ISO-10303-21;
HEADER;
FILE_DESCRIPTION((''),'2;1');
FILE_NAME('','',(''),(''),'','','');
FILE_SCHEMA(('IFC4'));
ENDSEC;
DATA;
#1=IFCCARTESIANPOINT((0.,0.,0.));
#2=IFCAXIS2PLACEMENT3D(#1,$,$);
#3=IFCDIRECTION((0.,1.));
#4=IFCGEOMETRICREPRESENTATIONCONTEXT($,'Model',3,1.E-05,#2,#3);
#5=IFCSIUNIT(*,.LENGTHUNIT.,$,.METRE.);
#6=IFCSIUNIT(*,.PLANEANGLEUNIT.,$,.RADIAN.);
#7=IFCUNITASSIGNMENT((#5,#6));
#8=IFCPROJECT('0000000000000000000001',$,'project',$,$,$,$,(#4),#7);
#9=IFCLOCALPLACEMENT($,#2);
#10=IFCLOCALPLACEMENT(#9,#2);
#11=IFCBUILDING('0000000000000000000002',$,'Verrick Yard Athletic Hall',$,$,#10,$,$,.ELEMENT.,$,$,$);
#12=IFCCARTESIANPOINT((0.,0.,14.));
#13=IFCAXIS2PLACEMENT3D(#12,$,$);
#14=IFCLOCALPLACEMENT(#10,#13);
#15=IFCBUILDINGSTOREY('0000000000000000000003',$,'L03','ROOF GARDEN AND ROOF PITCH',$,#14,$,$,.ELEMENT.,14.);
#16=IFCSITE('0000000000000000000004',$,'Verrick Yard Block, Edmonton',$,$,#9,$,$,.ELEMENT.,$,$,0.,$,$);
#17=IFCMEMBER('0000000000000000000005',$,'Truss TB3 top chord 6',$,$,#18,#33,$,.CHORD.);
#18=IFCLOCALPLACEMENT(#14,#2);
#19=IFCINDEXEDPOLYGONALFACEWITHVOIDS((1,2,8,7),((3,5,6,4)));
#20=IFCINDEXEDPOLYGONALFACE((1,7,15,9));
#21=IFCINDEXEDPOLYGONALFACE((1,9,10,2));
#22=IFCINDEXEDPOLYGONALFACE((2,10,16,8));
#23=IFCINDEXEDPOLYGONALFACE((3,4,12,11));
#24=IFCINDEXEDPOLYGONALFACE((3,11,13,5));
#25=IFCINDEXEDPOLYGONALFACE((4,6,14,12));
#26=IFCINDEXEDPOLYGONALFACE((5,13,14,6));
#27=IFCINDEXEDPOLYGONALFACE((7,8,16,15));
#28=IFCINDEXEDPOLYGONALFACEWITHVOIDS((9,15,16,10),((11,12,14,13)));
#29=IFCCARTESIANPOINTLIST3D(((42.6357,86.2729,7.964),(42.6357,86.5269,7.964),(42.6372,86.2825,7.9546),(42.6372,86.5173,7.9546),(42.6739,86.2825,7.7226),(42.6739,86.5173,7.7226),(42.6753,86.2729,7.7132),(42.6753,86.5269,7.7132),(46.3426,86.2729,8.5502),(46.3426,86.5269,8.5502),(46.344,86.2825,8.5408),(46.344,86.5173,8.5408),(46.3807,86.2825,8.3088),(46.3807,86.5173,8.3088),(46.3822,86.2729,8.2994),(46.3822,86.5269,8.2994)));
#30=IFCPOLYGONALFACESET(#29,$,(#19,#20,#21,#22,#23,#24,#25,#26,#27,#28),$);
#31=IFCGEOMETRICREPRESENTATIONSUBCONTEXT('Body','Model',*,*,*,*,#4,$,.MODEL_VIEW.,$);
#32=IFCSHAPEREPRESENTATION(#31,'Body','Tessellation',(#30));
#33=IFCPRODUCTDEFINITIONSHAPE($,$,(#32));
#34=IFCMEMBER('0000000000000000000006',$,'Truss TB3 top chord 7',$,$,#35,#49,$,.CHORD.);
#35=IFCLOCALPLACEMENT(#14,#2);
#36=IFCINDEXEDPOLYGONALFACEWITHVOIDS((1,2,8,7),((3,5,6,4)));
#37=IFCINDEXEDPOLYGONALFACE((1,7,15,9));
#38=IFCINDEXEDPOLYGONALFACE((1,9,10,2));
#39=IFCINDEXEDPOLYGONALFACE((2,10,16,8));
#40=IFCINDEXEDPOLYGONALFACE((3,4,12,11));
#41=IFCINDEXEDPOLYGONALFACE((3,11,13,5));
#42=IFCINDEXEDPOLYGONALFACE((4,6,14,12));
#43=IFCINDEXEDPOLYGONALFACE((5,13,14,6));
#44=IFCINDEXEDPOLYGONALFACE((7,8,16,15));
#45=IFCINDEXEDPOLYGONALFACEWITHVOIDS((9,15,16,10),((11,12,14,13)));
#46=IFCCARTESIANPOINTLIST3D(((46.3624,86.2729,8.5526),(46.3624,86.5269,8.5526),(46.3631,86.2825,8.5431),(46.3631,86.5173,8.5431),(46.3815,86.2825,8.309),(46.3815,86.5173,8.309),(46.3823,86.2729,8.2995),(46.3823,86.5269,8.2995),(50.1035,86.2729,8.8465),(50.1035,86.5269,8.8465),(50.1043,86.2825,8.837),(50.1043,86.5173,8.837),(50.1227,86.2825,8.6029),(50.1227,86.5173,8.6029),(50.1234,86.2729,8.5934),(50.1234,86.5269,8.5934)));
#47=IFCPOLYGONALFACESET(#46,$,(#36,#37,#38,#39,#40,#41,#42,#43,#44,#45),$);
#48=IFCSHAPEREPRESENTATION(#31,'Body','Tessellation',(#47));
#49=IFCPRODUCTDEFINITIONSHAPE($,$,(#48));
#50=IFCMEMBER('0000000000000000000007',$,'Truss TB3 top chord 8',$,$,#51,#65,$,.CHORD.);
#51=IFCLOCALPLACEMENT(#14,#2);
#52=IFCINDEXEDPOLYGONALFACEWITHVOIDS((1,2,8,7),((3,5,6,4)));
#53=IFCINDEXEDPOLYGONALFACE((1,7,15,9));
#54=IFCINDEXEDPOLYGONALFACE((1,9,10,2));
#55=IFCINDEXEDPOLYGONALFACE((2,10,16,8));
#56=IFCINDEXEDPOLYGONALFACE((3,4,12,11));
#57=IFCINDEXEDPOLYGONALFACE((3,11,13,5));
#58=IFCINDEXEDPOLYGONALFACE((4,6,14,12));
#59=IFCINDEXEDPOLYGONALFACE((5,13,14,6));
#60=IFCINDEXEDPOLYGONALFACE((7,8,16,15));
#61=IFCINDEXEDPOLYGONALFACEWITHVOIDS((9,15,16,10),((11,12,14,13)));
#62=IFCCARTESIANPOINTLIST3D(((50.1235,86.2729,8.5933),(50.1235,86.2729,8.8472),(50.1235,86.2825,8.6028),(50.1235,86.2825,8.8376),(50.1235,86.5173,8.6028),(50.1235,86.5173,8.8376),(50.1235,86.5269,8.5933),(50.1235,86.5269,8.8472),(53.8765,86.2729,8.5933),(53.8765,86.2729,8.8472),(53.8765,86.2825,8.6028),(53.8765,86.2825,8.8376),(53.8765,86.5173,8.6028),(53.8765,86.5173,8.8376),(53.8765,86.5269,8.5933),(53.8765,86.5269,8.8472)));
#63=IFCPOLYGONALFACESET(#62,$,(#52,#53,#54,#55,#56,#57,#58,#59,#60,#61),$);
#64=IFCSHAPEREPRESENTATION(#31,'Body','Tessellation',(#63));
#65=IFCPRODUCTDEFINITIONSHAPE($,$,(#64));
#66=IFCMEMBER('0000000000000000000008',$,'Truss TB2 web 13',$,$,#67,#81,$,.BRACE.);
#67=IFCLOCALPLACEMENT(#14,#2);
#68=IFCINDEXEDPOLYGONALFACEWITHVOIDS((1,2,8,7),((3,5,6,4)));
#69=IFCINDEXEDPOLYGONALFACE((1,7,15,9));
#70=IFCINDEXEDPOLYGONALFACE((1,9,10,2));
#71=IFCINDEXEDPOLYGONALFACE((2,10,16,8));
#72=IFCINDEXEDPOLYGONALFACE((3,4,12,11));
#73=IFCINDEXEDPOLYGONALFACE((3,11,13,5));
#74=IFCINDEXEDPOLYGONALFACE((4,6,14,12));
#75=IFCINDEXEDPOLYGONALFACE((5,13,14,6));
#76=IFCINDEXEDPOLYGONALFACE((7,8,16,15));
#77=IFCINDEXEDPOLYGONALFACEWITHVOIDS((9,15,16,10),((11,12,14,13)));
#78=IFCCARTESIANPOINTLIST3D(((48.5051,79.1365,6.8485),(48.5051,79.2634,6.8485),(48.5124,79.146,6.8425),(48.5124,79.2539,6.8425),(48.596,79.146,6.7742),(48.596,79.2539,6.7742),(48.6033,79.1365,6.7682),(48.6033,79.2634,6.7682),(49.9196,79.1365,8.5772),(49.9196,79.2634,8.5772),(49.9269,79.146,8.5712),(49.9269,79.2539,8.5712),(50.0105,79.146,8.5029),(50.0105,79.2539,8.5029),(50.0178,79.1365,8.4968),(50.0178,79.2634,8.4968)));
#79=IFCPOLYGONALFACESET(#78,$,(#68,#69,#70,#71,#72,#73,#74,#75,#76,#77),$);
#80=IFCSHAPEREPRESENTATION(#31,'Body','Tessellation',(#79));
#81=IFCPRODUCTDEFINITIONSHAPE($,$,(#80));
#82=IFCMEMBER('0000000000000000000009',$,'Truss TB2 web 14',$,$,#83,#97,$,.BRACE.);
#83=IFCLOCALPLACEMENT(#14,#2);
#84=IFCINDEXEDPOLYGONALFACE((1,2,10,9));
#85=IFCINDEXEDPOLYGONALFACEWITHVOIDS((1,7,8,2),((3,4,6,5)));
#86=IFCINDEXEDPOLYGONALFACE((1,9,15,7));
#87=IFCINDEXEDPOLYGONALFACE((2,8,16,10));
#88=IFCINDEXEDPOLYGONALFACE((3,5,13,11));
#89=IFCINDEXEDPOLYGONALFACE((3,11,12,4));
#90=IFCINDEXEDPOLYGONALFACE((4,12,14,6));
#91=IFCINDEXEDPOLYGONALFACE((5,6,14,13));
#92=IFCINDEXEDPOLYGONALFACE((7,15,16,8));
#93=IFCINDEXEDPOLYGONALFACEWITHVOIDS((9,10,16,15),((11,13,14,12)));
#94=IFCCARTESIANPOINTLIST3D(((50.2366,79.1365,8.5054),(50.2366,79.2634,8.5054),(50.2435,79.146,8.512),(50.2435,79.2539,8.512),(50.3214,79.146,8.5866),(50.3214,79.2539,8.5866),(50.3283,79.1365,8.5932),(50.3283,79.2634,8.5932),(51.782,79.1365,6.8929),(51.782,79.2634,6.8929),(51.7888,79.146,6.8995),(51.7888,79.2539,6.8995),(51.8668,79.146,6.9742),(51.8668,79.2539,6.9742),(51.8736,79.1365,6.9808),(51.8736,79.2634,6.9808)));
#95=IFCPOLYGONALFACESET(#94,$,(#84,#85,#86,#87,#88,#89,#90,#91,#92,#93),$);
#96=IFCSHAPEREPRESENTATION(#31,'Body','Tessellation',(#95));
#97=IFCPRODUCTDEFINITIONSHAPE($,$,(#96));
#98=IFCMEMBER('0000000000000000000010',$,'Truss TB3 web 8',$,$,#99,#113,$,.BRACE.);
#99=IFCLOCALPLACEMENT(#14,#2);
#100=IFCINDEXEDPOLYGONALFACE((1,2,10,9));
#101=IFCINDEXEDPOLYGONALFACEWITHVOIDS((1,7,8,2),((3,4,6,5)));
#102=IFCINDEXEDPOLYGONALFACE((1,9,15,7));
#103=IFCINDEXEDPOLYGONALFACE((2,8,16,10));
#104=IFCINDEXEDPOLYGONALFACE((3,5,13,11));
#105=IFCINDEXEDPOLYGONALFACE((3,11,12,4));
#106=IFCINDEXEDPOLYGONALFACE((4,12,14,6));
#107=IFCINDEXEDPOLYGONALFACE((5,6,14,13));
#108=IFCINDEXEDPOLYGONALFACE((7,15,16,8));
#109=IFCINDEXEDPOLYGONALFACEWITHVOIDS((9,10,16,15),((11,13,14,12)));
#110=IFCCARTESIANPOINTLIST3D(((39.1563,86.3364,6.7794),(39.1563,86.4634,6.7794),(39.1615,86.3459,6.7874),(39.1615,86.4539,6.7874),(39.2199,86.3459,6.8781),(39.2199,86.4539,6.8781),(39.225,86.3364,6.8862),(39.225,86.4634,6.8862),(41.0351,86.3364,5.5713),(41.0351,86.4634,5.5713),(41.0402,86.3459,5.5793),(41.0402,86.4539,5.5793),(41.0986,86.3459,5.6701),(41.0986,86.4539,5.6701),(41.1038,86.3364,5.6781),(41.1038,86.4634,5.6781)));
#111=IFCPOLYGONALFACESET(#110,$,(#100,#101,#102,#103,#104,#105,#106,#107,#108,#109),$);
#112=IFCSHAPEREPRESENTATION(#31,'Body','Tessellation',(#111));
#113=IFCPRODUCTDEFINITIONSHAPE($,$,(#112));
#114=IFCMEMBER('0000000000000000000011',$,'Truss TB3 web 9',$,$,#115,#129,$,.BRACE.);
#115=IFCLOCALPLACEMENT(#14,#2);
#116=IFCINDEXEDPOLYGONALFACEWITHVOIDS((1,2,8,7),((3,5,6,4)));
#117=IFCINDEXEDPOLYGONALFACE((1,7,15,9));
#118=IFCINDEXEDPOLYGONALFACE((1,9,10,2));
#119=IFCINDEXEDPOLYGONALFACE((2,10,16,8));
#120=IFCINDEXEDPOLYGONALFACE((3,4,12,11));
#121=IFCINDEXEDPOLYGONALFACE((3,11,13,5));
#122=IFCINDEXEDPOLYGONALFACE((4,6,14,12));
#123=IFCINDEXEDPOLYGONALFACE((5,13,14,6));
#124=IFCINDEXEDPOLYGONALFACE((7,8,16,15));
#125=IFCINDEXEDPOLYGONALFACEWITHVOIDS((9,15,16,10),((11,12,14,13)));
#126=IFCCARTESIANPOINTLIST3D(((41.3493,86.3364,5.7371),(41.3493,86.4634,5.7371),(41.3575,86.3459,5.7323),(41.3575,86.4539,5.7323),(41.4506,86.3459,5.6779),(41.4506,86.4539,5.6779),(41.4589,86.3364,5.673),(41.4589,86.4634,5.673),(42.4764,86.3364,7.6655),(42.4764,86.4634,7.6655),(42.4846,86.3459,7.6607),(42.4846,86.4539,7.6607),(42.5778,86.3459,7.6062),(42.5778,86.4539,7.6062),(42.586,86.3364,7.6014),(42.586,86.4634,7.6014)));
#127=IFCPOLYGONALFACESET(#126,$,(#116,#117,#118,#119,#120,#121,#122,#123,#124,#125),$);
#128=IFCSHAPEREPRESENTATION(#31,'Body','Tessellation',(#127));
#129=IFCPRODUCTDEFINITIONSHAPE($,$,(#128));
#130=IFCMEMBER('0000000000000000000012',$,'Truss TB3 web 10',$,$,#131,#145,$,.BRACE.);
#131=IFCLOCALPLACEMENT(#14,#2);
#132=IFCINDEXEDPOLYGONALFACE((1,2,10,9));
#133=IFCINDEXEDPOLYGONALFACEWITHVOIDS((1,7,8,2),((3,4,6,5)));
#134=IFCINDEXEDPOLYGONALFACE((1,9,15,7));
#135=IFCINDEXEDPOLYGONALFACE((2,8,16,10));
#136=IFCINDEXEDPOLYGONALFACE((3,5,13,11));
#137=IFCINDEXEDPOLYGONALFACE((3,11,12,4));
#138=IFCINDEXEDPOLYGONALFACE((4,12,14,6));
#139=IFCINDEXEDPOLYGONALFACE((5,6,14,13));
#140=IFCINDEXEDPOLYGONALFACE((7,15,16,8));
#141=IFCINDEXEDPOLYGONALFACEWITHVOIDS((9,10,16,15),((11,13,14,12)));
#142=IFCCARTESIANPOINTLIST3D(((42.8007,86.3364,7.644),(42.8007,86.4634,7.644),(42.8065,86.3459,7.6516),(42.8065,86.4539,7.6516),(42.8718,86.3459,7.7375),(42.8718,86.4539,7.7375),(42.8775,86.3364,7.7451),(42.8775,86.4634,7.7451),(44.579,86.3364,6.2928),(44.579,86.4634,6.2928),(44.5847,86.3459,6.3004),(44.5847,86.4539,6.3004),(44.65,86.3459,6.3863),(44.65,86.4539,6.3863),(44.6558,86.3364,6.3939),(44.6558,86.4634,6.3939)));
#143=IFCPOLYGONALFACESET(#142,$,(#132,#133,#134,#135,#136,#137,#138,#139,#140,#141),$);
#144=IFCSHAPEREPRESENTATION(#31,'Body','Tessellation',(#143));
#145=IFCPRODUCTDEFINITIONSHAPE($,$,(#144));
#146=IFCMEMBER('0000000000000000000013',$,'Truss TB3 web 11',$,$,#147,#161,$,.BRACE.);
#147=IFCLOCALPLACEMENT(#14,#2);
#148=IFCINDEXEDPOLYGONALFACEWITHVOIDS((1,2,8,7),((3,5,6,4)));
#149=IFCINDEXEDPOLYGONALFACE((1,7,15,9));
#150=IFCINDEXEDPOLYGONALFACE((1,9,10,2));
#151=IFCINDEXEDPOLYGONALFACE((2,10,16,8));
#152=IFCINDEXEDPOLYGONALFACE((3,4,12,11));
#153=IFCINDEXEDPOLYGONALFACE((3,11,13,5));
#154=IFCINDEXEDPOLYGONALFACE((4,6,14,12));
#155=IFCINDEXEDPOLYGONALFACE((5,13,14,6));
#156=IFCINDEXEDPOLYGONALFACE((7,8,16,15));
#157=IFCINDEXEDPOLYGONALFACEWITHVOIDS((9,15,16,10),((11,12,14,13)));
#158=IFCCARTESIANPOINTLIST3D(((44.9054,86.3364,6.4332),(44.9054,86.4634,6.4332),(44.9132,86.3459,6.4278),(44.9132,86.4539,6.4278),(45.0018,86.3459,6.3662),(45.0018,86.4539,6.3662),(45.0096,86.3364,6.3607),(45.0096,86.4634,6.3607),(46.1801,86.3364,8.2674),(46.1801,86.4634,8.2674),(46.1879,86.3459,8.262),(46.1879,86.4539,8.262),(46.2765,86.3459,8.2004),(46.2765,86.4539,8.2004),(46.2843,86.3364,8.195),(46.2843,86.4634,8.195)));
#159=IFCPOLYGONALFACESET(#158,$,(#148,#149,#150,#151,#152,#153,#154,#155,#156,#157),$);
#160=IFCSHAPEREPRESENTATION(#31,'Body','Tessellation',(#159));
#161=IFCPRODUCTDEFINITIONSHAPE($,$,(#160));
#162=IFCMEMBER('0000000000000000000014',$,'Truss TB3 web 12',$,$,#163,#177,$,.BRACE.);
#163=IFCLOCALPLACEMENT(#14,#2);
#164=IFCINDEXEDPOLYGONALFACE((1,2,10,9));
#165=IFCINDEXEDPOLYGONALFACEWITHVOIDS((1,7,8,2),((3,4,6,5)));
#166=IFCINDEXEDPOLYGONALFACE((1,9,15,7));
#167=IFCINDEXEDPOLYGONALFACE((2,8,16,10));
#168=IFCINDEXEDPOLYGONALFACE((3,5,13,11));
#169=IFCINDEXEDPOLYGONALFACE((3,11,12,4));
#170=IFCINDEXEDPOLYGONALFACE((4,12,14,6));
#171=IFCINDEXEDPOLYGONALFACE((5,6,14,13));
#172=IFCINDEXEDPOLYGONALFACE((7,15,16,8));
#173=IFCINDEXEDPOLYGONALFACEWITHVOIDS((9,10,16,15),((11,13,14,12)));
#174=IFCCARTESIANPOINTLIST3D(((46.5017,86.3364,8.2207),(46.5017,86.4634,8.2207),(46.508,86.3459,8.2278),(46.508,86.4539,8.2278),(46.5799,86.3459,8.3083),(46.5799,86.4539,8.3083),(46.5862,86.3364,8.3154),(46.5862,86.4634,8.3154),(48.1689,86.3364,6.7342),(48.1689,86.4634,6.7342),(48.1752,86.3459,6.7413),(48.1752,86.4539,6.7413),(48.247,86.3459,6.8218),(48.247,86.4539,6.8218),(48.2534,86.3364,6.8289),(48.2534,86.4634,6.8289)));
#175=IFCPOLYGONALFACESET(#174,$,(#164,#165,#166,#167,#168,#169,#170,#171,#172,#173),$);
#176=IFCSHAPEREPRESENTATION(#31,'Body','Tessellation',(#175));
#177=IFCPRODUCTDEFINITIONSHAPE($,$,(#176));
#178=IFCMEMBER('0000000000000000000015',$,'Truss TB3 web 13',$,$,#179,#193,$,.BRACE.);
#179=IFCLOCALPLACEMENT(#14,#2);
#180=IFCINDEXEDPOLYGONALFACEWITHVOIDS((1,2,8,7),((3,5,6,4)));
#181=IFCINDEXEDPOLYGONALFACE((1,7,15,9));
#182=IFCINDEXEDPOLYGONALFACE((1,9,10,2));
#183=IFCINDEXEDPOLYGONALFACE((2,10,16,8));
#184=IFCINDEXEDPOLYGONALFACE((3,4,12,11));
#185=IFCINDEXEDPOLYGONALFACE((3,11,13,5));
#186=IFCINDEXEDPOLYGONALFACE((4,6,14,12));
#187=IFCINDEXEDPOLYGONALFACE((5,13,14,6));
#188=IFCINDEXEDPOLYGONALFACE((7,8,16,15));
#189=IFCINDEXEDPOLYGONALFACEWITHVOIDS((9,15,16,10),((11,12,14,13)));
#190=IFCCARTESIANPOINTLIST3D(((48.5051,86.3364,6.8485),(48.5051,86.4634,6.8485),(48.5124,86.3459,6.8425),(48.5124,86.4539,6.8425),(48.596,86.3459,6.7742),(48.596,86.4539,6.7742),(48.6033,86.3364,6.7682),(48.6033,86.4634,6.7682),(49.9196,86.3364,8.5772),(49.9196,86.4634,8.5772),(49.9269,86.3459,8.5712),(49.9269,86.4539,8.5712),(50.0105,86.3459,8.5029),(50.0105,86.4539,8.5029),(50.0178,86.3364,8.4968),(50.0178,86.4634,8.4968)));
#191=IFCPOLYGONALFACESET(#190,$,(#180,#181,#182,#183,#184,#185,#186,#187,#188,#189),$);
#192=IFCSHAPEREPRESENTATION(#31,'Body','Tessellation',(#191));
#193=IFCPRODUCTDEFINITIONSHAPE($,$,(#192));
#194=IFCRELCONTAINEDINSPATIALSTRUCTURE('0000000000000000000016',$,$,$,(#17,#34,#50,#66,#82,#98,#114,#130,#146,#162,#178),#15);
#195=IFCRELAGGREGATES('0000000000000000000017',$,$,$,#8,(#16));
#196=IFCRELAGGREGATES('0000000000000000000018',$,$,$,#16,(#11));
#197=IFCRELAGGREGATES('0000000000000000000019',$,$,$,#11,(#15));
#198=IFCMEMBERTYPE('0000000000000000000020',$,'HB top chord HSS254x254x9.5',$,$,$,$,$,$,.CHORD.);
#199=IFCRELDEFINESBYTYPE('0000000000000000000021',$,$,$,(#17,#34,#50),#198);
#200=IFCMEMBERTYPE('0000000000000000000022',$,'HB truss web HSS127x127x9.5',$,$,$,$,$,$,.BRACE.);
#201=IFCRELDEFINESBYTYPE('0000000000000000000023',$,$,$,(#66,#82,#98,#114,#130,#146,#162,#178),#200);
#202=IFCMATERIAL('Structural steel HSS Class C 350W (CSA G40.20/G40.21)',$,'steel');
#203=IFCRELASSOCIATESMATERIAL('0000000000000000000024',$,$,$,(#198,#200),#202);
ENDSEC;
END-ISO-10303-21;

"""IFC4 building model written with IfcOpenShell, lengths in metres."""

from ifc_helpers import new_model, si_unit, direction, frame, origin, origin_2d, place, context, subcontext, project, spatial, hollow_rectangle, extrude, material, material_profile, profile_set, type_object, element, save


model = new_model("IFC4")

# Units and contexts
model_context = context("Model", 3, precision=1e-05, world=origin(), true_north=direction((0.0, 1.0)))
body_context = subcontext(model_context, "Body", "Model", "MODEL_VIEW")
ifc_project = project(units=[si_unit("LENGTHUNIT", "METRE"), si_unit("PLANEANGLEUNIT", "RADIAN")], contexts=[model_context])

# Site, building, storey
site_placement = place(None, origin())
site = spatial("IfcSite", under=ifc_project, at=site_placement, Name="Verrick Yard Block, Edmonton", CompositionType="ELEMENT", RefElevation=0.0)
building_placement = place(site_placement, origin())
building = spatial("IfcBuilding", under=site, at=building_placement, Name="Verrick Yard Athletic Hall", CompositionType="ELEMENT")
storey_placement = place(building_placement, frame((0.0, 0.0, 14.0)))
storey = spatial("IfcBuildingStorey", under=building, at=storey_placement, Name="L03", Description="ROOF GARDEN AND ROOF PITCH", CompositionType="ELEMENT", Elevation=14.0)

# Members
ifc_material_1 = material(Name="Structural steel HSS Class C 350W (CSA G40.20/G40.21)", Category="steel")
ifc_material_profile_1 = material_profile(ifc_material_1, hollow_rectangle(XDim=0.2539, YDim=0.2539, WallThickness=0.0095, at=origin_2d()), Name="HSS254x254x9.5")
ifc_profile_set_1 = profile_set([ifc_material_profile_1], Name="Structural steel HSS Class C 350W (CSA G40.20/G40.21)")
member_type_1 = type_object("IfcMemberType", Name="HB top chord HSS254x254x9.5", PredefinedType="CHORD", material=ifc_profile_set_1)
member_1_placement = place(storey_placement, frame((42.6555, 86.3999, 7.8386), z_axis=(0.987726, 0.0, 0.156196), x_axis=(0.0, 1.0, 0.0)))
element("IfcMember", 1, at=member_1_placement, inside=storey, type_object=member_type_1, Name="Truss TB3 top chord 6", PredefinedType="CHORD", context=body_context, shape_type="SweptSolid", body=[
    extrude(hollow_rectangle(XDim=0.2539, YDim=0.2539, WallThickness=0.0095, at=origin_2d()), origin(), (0.0, 0.0, 1.0), 3.7529),
])
member_2_placement = place(storey_placement, frame((46.3723, 86.3999, 8.426), z_axis=(0.996928, 0.0, 0.078328), x_axis=(0.0, 1.0, 0.0)))
element("IfcMember", 2, at=member_2_placement, inside=storey, type_object=member_type_1, Name="Truss TB3 top chord 7", PredefinedType="CHORD", context=body_context, shape_type="SweptSolid", body=[
    extrude(hollow_rectangle(XDim=0.2539, YDim=0.2539, WallThickness=0.0095, at=origin_2d()), origin(), (0.0, 0.0, 1.0), 3.7527),
])
member_3_placement = place(storey_placement, frame((50.1235, 86.3999, 8.7202), z_axis=(1.0, 0.0, 0.0), x_axis=(0.0, 1.0, 0.0)))
element("IfcMember", 3, at=member_3_placement, inside=storey, type_object=member_type_1, Name="Truss TB3 top chord 8", PredefinedType="CHORD", context=body_context, shape_type="SweptSolid", body=[
    extrude(hollow_rectangle(XDim=0.2539, YDim=0.2539, WallThickness=0.0095, at=origin_2d()), origin(), (0.0, 0.0, 1.0), 3.7529),
])
ifc_material_profile_2 = material_profile(ifc_material_1, hollow_rectangle(XDim=0.127, YDim=0.127, WallThickness=0.0095, at=origin_2d()), Name="HSS127x127x9.5")
ifc_profile_set_2 = profile_set([ifc_material_profile_2], Name="Structural steel HSS Class C 350W (CSA G40.20/G40.21)")
member_type_2 = type_object("IfcMemberType", Name="HB truss web HSS127x127x9.5", PredefinedType="BRACE", material=ifc_profile_set_2)
member_4_placement = place(storey_placement, frame((48.5542, 79.2, 6.8083), z_axis=(0.633268, 0.0, 0.773933), x_axis=(0.0, 1.0, 0.0)))
element("IfcMember", 4, at=member_4_placement, inside=storey, type_object=member_type_2, Name="Truss TB2 web 13", PredefinedType="BRACE", context=body_context, shape_type="SweptSolid", body=[
    extrude(hollow_rectangle(XDim=0.127, YDim=0.127, WallThickness=0.0095, at=origin_2d()), origin(), (0.0, 0.0, 1.0), 2.2336),
])
member_5_placement = place(storey_placement, frame((50.2825, 79.2, 8.5493), z_axis=(0.691917, 0.0, -0.721977), x_axis=(0.0, 1.0, 0.0)))
element("IfcMember", 5, at=member_5_placement, inside=storey, type_object=member_type_2, Name="Truss TB2 web 14", PredefinedType="BRACE", context=body_context, shape_type="SweptSolid", body=[
    extrude(hollow_rectangle(XDim=0.127, YDim=0.127, WallThickness=0.0095, at=origin_2d()), origin(), (0.0, 0.0, 1.0), 2.2334),
])
for number, where, z_axis, x_axis, name in (
    (6, (39.1907, 86.3999, 6.8328), (0.841118, 0.0, -0.540852), (0.0, 1.0, 0.0), "Truss TB3 web 8"),
    (7, (41.4041, 86.3999, 5.7051), (0.504625, 0.0, 0.863339), (0.0, 1.0, 0.0), "Truss TB3 web 9"),
):
    element("IfcMember", number, at=place(storey_placement, frame(where, z_axis=z_axis, x_axis=x_axis)), inside=storey, type_object=member_type_2, Name=name, PredefinedType="BRACE", context=body_context, shape_type="SweptSolid", body=[
        extrude(hollow_rectangle(XDim=0.127, YDim=0.127, WallThickness=0.0095, at=origin_2d()), origin(), (0.0, 0.0, 1.0), 2.2336),
    ])
member_6_placement = place(storey_placement, frame((42.8391, 86.3999, 7.6946), z_axis=(0.796206, 0.0, -0.605025), x_axis=(0.0, 1.0, 0.0)))
element("IfcMember", 8, at=member_6_placement, inside=storey, type_object=member_type_2, Name="Truss TB3 web 10", PredefinedType="BRACE", context=body_context, shape_type="SweptSolid", body=[
    extrude(hollow_rectangle(XDim=0.127, YDim=0.127, WallThickness=0.0095, at=origin_2d()), origin(), (0.0, 0.0, 1.0), 2.2334),
])
for number, where, z_axis, x_axis, name in (
    (9, (44.9575, 86.3999, 6.397), (0.570664, 0.0, 0.821184), (0.0, 1.0, 0.0), "Truss TB3 web 11"),
    (10, (46.5439, 86.3999, 8.2681), (0.746389, 0.0, -0.66551), (0.0, 1.0, 0.0), "Truss TB3 web 12"),
    (11, (48.5542, 86.3999, 6.8083), (0.633268, 0.0, 0.773933), (0.0, 1.0, 0.0), "Truss TB3 web 13"),
):
    element("IfcMember", number, at=place(storey_placement, frame(where, z_axis=z_axis, x_axis=x_axis)), inside=storey, type_object=member_type_2, Name=name, PredefinedType="BRACE", context=body_context, shape_type="SweptSolid", body=[
        extrude(hollow_rectangle(XDim=0.127, YDim=0.127, WallThickness=0.0095, at=origin_2d()), origin(), (0.0, 0.0, 1.0), 2.2336),
    ])

save(model, "model.ifc")
